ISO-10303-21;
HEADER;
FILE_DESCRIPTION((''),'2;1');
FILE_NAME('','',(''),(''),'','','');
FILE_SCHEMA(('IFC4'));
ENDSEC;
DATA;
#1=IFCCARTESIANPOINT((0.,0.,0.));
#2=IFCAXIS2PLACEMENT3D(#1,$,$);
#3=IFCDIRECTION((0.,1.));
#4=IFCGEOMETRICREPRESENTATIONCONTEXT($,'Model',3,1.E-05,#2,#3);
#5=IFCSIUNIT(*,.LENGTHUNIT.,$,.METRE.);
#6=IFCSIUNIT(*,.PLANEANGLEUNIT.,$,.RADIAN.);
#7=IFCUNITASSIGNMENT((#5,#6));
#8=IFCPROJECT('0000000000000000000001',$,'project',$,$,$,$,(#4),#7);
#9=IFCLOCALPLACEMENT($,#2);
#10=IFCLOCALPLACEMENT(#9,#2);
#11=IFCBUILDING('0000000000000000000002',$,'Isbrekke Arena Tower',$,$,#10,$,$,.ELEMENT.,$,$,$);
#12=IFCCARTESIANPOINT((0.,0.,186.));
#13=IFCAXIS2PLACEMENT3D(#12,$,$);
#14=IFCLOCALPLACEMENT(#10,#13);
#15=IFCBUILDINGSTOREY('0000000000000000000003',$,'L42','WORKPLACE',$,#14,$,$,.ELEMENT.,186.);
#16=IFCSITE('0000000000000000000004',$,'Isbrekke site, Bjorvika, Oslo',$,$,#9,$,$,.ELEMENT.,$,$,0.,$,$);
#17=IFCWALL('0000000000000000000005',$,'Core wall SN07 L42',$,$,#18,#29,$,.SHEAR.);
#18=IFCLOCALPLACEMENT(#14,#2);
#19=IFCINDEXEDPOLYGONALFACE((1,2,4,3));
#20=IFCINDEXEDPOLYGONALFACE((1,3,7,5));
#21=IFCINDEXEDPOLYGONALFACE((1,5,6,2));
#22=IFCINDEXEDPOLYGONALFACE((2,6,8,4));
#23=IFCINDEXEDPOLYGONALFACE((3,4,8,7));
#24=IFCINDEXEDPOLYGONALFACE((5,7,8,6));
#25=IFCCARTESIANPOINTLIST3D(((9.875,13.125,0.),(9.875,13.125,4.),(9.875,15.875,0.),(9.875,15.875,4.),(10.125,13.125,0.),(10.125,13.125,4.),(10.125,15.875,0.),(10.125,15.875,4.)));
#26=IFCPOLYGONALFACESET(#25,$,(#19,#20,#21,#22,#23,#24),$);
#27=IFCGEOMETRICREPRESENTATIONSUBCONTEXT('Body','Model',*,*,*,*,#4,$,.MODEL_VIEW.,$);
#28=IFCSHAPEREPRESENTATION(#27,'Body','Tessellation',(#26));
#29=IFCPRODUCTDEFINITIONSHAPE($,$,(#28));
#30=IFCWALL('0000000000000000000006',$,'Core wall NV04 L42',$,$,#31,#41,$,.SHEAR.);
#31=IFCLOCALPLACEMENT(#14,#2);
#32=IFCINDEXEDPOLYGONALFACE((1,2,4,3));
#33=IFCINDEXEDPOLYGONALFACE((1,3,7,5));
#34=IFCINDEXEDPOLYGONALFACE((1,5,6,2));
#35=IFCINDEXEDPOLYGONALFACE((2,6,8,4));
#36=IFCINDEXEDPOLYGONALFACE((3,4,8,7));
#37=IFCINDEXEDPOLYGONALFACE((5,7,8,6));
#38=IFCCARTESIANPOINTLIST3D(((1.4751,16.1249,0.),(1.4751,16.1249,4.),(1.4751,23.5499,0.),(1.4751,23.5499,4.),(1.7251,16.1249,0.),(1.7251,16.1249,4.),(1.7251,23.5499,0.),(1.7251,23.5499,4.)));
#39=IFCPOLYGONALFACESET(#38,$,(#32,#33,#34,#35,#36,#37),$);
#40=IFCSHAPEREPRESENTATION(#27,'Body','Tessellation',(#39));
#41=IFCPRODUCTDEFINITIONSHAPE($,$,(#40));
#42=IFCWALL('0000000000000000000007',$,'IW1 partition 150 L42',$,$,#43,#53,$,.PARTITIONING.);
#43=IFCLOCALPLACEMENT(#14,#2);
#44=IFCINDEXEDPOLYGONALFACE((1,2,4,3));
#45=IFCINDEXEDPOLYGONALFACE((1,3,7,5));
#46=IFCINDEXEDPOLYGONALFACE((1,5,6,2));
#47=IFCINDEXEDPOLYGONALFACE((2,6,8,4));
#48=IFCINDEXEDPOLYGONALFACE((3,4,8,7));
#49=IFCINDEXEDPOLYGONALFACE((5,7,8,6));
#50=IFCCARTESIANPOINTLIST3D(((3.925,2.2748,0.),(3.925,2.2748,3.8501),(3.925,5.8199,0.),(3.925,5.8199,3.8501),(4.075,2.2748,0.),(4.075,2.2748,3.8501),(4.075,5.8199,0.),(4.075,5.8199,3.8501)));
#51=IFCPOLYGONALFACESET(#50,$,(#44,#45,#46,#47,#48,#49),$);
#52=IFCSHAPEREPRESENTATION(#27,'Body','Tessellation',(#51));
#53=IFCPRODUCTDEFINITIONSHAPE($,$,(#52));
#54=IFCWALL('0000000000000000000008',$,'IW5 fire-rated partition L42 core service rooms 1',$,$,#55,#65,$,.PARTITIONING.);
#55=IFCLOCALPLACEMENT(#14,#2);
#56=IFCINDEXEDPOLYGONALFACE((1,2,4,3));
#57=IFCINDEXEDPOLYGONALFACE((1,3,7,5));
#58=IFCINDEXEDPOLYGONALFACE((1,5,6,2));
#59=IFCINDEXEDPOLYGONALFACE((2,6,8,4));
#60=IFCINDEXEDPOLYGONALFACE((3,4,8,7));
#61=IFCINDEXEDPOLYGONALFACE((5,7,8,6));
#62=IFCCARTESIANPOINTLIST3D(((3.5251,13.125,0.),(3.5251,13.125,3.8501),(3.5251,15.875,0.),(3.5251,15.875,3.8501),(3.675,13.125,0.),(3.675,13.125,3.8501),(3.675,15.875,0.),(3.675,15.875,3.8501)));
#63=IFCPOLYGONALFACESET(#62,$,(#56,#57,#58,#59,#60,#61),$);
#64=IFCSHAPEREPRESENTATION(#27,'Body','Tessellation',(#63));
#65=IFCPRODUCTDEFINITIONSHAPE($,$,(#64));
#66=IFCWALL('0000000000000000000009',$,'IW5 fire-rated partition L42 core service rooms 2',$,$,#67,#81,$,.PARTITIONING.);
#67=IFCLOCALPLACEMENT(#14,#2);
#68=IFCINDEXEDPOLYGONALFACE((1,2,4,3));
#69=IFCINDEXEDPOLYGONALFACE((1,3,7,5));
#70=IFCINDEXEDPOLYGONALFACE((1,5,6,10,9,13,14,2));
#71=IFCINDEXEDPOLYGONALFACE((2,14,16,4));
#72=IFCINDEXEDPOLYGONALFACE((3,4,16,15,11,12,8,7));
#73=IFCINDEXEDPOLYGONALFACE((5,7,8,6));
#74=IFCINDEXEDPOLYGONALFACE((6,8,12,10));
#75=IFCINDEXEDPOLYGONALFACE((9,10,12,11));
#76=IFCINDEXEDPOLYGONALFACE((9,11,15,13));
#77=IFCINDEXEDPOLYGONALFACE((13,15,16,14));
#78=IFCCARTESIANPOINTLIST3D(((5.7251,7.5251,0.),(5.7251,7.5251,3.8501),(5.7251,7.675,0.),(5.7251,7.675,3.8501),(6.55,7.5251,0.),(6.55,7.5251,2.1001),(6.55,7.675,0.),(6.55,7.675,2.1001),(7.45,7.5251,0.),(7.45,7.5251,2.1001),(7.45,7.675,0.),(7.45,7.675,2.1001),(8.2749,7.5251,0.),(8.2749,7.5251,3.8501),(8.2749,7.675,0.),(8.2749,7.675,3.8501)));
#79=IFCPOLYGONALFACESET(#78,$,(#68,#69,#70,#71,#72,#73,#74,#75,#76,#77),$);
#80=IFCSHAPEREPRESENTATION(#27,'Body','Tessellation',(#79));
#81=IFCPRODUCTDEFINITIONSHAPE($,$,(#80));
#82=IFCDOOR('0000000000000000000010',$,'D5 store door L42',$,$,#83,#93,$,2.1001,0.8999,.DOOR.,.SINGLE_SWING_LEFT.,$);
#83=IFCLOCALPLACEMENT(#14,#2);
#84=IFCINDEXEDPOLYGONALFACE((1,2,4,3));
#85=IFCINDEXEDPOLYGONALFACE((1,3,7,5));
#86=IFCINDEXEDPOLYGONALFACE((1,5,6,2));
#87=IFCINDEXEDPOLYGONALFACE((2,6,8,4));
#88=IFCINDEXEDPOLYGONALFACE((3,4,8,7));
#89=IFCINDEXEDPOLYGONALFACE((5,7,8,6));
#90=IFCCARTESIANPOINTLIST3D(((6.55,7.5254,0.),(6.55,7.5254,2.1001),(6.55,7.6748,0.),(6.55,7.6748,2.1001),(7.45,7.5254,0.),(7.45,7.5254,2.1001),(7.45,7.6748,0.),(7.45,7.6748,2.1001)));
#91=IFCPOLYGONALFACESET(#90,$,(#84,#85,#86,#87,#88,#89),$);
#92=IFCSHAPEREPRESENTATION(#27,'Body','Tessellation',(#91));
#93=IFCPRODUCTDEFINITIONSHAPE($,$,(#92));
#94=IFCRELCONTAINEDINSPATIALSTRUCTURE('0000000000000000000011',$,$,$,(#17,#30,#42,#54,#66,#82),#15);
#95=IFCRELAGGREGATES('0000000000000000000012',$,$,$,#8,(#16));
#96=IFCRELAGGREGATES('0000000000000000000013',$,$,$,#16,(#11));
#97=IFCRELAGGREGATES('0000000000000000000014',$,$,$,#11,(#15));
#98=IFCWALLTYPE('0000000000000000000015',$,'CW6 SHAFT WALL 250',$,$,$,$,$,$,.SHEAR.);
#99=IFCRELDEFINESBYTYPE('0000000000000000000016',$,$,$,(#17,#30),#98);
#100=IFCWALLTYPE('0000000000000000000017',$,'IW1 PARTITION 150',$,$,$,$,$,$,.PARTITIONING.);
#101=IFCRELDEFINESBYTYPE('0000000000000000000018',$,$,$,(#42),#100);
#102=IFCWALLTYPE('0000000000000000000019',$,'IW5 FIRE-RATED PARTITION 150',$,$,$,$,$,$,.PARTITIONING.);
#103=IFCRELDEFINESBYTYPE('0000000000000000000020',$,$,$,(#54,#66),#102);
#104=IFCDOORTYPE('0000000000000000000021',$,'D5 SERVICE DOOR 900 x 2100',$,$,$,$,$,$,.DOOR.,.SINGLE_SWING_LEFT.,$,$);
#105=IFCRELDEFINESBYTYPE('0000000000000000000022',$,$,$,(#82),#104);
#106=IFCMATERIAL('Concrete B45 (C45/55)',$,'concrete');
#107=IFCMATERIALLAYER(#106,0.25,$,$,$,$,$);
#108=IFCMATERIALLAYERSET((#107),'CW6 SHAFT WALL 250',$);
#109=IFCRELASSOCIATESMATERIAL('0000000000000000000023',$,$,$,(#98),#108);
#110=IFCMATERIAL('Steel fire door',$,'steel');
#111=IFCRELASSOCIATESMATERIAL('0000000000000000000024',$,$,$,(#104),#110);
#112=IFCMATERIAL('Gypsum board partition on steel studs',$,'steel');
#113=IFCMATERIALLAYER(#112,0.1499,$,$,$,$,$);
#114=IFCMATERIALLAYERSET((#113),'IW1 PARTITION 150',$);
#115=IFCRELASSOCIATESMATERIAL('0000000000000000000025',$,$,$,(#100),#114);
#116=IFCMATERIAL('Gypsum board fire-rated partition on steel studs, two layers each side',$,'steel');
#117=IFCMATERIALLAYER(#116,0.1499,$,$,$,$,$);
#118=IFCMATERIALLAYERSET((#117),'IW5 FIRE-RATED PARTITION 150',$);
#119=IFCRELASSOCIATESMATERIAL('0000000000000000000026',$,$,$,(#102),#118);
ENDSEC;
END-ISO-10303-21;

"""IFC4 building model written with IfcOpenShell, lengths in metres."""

from ifc_helpers import new_model, si_unit, direction, frame, frame_2d, origin, place, context, subcontext, project, spatial, rectangle, extrude, material, layer, layer_set, type_object, element, fill, save


model = new_model("IFC4")

# Units and contexts
model_context = context("Model", 3, precision=1e-05, world=origin(), true_north=direction((0.0, 1.0)))
body_context = subcontext(model_context, "Body", "Model", "MODEL_VIEW")
ifc_project = project(units=[si_unit("LENGTHUNIT", "METRE"), si_unit("PLANEANGLEUNIT", "RADIAN")], contexts=[model_context])

# Site, building, storey
site_placement = place(None, origin())
site = spatial("IfcSite", under=ifc_project, at=site_placement, Name="Isbrekke site, Bjorvika, Oslo", CompositionType="ELEMENT", RefElevation=0.0)
building_placement = place(site_placement, origin())
building = spatial("IfcBuilding", under=site, at=building_placement, Name="Isbrekke Arena Tower", CompositionType="ELEMENT")
storey_placement = place(building_placement, frame((0.0, 0.0, 186.0)))
storey = spatial("IfcBuildingStorey", under=building, at=storey_placement, Name="L42", Description="WORKPLACE", CompositionType="ELEMENT", Elevation=186.0)

# Shared definitions
ifc_material_1 = material(Name="Concrete B45 (C45/55)", Category="concrete")
ifc_layer_1 = layer(ifc_material_1, 0.25)
ifc_layer_set_1 = layer_set([ifc_layer_1], Name="CW6 SHAFT WALL 250")
wall_type_1 = type_object("IfcWallType", Name="CW6 SHAFT WALL 250", PredefinedType="SHEAR", material=ifc_layer_set_1)

# Shared definitions
ifc_material_2 = material(Name="Steel fire door", Category="steel")
door_type_1 = type_object("IfcDoorType", Name="D5 SERVICE DOOR 900 x 2100", OperationType="SINGLE_SWING_LEFT", PredefinedType="DOOR", material=ifc_material_2)

# Walls
wall_1_placement = place(storey_placement, frame((10.0, 13.125, 0.0), z_axis=(0.0, 0.0, 1.0), x_axis=(0.0, 1.0, 0.0)))
element("IfcWall", 1, at=wall_1_placement, inside=storey, type_object=wall_type_1, Name="Core wall SN07 L42", PredefinedType="SHEAR", context=body_context, shape_type="SweptSolid", body=[
    extrude(rectangle(XDim=2.75, YDim=0.25, at=frame_2d((1.375, 0.0))), origin(), (0.0, 0.0, 1.0), 4.0),
])
wall_2_placement = place(storey_placement, frame((1.6001, 16.125, 0.0), z_axis=(0.0, 0.0, 1.0), x_axis=(0.0, 1.0, 0.0)))
element("IfcWall", 2, at=wall_2_placement, inside=storey, type_object=wall_type_1, Name="Core wall NV04 L42", PredefinedType="SHEAR", context=body_context, shape_type="SweptSolid", body=[
    extrude(rectangle(XDim=7.425, YDim=0.25, at=frame_2d((3.7124, 0.0))), origin(), (0.0, 0.0, 1.0), 4.0),
])
ifc_material_3 = material(Name="Gypsum board partition on steel studs", Category="steel")
ifc_layer_2 = layer(ifc_material_3, 0.1499)
ifc_layer_set_2 = layer_set([ifc_layer_2], Name="IW1 PARTITION 150")
wall_type_2 = type_object("IfcWallType", Name="IW1 PARTITION 150", PredefinedType="PARTITIONING", material=ifc_layer_set_2)
wall_3_placement = place(storey_placement, frame((4.0, 2.2749, 0.0), z_axis=(0.0, 0.0, 1.0), x_axis=(0.0, 1.0, 0.0)))
element("IfcWall", 3, at=wall_3_placement, inside=storey, type_object=wall_type_2, Name="IW1 partition 150 L42", PredefinedType="PARTITIONING", context=body_context, shape_type="SweptSolid", body=[
    extrude(rectangle(XDim=3.5452, YDim=0.1499, at=frame_2d((1.7725, 0.0))), origin(), (0.0, 0.0, 1.0), 3.8501),
])
ifc_material_4 = material(Name="Gypsum board fire-rated partition on steel studs, two layers each side", Category="steel")
ifc_layer_3 = layer(ifc_material_4, 0.1499)
ifc_layer_set_3 = layer_set([ifc_layer_3], Name="IW5 FIRE-RATED PARTITION 150")
wall_type_3 = type_object("IfcWallType", Name="IW5 FIRE-RATED PARTITION 150", PredefinedType="PARTITIONING", material=ifc_layer_set_3)
wall_4_placement = place(storey_placement, frame((3.6001, 13.125, 0.0), z_axis=(0.0, 0.0, 1.0), x_axis=(0.0, 1.0, 0.0)))
element("IfcWall", 4, at=wall_4_placement, inside=storey, type_object=wall_type_3, Name="IW5 fire-rated partition L42 core service rooms 1", PredefinedType="PARTITIONING", context=body_context, shape_type="SweptSolid", body=[
    extrude(rectangle(XDim=2.75, YDim=0.1499, at=frame_2d((1.375, 0.0))), origin(), (0.0, 0.0, 1.0), 3.8501),
])

# Wall, opening, door
wall_5_placement = place(storey_placement, frame((5.7251, 7.6001, 0.0), z_axis=(0.0, 0.0, 1.0), x_axis=(1.0, 0.0, 0.0)))
wall_5 = element("IfcWall", 5, at=wall_5_placement, inside=storey, type_object=wall_type_3, Name="IW5 fire-rated partition L42 core service rooms 2", PredefinedType="PARTITIONING", context=body_context, shape_type="SweptSolid", body=[
    extrude(rectangle(XDim=2.5498, YDim=0.1499, at=frame_2d((1.2749, 0.0))), origin(), (0.0, 0.0, 1.0), 3.8501),
])
opening_1_placement = place(wall_5_placement, frame((0.825, 0.0, 0.0)))
opening_1 = element("IfcOpeningElement", 6, at=opening_1_placement, cuts=wall_5, PredefinedType="OPENING", context=body_context, shape_type="SweptSolid", body=[
    extrude(rectangle(XDim=0.8999, YDim=2.1001, at=frame_2d((0.45, 1.05))), frame((0.0, 0.0898, 0.0), z_axis=(0.0, -1.0, 0.0), x_axis=(1.0, 0.0, 0.0)), (0.0, 0.0, 1.0), 0.1797),
])
door_1_placement = place(opening_1_placement, origin())
door_1 = element("IfcDoor", 7, at=door_1_placement, inside=storey, type_object=door_type_1, Name="D5 store door L42", OperationType="SINGLE_SWING_LEFT", OverallHeight=2.1001, OverallWidth=0.8999, PredefinedType="DOOR", context=body_context, shape_type="SweptSolid", body=[
    extrude(rectangle(XDim=0.8999, YDim=2.1001, at=frame_2d((0.45, 1.05))), frame((0.0, 0.0747, 0.0), z_axis=(0.0, -1.0, 0.0), x_axis=(1.0, 0.0, 0.0)), (0.0, 0.0, 1.0), 0.1494),
])
fill(opening_1, door_1)

save(model, "model.ifc")
